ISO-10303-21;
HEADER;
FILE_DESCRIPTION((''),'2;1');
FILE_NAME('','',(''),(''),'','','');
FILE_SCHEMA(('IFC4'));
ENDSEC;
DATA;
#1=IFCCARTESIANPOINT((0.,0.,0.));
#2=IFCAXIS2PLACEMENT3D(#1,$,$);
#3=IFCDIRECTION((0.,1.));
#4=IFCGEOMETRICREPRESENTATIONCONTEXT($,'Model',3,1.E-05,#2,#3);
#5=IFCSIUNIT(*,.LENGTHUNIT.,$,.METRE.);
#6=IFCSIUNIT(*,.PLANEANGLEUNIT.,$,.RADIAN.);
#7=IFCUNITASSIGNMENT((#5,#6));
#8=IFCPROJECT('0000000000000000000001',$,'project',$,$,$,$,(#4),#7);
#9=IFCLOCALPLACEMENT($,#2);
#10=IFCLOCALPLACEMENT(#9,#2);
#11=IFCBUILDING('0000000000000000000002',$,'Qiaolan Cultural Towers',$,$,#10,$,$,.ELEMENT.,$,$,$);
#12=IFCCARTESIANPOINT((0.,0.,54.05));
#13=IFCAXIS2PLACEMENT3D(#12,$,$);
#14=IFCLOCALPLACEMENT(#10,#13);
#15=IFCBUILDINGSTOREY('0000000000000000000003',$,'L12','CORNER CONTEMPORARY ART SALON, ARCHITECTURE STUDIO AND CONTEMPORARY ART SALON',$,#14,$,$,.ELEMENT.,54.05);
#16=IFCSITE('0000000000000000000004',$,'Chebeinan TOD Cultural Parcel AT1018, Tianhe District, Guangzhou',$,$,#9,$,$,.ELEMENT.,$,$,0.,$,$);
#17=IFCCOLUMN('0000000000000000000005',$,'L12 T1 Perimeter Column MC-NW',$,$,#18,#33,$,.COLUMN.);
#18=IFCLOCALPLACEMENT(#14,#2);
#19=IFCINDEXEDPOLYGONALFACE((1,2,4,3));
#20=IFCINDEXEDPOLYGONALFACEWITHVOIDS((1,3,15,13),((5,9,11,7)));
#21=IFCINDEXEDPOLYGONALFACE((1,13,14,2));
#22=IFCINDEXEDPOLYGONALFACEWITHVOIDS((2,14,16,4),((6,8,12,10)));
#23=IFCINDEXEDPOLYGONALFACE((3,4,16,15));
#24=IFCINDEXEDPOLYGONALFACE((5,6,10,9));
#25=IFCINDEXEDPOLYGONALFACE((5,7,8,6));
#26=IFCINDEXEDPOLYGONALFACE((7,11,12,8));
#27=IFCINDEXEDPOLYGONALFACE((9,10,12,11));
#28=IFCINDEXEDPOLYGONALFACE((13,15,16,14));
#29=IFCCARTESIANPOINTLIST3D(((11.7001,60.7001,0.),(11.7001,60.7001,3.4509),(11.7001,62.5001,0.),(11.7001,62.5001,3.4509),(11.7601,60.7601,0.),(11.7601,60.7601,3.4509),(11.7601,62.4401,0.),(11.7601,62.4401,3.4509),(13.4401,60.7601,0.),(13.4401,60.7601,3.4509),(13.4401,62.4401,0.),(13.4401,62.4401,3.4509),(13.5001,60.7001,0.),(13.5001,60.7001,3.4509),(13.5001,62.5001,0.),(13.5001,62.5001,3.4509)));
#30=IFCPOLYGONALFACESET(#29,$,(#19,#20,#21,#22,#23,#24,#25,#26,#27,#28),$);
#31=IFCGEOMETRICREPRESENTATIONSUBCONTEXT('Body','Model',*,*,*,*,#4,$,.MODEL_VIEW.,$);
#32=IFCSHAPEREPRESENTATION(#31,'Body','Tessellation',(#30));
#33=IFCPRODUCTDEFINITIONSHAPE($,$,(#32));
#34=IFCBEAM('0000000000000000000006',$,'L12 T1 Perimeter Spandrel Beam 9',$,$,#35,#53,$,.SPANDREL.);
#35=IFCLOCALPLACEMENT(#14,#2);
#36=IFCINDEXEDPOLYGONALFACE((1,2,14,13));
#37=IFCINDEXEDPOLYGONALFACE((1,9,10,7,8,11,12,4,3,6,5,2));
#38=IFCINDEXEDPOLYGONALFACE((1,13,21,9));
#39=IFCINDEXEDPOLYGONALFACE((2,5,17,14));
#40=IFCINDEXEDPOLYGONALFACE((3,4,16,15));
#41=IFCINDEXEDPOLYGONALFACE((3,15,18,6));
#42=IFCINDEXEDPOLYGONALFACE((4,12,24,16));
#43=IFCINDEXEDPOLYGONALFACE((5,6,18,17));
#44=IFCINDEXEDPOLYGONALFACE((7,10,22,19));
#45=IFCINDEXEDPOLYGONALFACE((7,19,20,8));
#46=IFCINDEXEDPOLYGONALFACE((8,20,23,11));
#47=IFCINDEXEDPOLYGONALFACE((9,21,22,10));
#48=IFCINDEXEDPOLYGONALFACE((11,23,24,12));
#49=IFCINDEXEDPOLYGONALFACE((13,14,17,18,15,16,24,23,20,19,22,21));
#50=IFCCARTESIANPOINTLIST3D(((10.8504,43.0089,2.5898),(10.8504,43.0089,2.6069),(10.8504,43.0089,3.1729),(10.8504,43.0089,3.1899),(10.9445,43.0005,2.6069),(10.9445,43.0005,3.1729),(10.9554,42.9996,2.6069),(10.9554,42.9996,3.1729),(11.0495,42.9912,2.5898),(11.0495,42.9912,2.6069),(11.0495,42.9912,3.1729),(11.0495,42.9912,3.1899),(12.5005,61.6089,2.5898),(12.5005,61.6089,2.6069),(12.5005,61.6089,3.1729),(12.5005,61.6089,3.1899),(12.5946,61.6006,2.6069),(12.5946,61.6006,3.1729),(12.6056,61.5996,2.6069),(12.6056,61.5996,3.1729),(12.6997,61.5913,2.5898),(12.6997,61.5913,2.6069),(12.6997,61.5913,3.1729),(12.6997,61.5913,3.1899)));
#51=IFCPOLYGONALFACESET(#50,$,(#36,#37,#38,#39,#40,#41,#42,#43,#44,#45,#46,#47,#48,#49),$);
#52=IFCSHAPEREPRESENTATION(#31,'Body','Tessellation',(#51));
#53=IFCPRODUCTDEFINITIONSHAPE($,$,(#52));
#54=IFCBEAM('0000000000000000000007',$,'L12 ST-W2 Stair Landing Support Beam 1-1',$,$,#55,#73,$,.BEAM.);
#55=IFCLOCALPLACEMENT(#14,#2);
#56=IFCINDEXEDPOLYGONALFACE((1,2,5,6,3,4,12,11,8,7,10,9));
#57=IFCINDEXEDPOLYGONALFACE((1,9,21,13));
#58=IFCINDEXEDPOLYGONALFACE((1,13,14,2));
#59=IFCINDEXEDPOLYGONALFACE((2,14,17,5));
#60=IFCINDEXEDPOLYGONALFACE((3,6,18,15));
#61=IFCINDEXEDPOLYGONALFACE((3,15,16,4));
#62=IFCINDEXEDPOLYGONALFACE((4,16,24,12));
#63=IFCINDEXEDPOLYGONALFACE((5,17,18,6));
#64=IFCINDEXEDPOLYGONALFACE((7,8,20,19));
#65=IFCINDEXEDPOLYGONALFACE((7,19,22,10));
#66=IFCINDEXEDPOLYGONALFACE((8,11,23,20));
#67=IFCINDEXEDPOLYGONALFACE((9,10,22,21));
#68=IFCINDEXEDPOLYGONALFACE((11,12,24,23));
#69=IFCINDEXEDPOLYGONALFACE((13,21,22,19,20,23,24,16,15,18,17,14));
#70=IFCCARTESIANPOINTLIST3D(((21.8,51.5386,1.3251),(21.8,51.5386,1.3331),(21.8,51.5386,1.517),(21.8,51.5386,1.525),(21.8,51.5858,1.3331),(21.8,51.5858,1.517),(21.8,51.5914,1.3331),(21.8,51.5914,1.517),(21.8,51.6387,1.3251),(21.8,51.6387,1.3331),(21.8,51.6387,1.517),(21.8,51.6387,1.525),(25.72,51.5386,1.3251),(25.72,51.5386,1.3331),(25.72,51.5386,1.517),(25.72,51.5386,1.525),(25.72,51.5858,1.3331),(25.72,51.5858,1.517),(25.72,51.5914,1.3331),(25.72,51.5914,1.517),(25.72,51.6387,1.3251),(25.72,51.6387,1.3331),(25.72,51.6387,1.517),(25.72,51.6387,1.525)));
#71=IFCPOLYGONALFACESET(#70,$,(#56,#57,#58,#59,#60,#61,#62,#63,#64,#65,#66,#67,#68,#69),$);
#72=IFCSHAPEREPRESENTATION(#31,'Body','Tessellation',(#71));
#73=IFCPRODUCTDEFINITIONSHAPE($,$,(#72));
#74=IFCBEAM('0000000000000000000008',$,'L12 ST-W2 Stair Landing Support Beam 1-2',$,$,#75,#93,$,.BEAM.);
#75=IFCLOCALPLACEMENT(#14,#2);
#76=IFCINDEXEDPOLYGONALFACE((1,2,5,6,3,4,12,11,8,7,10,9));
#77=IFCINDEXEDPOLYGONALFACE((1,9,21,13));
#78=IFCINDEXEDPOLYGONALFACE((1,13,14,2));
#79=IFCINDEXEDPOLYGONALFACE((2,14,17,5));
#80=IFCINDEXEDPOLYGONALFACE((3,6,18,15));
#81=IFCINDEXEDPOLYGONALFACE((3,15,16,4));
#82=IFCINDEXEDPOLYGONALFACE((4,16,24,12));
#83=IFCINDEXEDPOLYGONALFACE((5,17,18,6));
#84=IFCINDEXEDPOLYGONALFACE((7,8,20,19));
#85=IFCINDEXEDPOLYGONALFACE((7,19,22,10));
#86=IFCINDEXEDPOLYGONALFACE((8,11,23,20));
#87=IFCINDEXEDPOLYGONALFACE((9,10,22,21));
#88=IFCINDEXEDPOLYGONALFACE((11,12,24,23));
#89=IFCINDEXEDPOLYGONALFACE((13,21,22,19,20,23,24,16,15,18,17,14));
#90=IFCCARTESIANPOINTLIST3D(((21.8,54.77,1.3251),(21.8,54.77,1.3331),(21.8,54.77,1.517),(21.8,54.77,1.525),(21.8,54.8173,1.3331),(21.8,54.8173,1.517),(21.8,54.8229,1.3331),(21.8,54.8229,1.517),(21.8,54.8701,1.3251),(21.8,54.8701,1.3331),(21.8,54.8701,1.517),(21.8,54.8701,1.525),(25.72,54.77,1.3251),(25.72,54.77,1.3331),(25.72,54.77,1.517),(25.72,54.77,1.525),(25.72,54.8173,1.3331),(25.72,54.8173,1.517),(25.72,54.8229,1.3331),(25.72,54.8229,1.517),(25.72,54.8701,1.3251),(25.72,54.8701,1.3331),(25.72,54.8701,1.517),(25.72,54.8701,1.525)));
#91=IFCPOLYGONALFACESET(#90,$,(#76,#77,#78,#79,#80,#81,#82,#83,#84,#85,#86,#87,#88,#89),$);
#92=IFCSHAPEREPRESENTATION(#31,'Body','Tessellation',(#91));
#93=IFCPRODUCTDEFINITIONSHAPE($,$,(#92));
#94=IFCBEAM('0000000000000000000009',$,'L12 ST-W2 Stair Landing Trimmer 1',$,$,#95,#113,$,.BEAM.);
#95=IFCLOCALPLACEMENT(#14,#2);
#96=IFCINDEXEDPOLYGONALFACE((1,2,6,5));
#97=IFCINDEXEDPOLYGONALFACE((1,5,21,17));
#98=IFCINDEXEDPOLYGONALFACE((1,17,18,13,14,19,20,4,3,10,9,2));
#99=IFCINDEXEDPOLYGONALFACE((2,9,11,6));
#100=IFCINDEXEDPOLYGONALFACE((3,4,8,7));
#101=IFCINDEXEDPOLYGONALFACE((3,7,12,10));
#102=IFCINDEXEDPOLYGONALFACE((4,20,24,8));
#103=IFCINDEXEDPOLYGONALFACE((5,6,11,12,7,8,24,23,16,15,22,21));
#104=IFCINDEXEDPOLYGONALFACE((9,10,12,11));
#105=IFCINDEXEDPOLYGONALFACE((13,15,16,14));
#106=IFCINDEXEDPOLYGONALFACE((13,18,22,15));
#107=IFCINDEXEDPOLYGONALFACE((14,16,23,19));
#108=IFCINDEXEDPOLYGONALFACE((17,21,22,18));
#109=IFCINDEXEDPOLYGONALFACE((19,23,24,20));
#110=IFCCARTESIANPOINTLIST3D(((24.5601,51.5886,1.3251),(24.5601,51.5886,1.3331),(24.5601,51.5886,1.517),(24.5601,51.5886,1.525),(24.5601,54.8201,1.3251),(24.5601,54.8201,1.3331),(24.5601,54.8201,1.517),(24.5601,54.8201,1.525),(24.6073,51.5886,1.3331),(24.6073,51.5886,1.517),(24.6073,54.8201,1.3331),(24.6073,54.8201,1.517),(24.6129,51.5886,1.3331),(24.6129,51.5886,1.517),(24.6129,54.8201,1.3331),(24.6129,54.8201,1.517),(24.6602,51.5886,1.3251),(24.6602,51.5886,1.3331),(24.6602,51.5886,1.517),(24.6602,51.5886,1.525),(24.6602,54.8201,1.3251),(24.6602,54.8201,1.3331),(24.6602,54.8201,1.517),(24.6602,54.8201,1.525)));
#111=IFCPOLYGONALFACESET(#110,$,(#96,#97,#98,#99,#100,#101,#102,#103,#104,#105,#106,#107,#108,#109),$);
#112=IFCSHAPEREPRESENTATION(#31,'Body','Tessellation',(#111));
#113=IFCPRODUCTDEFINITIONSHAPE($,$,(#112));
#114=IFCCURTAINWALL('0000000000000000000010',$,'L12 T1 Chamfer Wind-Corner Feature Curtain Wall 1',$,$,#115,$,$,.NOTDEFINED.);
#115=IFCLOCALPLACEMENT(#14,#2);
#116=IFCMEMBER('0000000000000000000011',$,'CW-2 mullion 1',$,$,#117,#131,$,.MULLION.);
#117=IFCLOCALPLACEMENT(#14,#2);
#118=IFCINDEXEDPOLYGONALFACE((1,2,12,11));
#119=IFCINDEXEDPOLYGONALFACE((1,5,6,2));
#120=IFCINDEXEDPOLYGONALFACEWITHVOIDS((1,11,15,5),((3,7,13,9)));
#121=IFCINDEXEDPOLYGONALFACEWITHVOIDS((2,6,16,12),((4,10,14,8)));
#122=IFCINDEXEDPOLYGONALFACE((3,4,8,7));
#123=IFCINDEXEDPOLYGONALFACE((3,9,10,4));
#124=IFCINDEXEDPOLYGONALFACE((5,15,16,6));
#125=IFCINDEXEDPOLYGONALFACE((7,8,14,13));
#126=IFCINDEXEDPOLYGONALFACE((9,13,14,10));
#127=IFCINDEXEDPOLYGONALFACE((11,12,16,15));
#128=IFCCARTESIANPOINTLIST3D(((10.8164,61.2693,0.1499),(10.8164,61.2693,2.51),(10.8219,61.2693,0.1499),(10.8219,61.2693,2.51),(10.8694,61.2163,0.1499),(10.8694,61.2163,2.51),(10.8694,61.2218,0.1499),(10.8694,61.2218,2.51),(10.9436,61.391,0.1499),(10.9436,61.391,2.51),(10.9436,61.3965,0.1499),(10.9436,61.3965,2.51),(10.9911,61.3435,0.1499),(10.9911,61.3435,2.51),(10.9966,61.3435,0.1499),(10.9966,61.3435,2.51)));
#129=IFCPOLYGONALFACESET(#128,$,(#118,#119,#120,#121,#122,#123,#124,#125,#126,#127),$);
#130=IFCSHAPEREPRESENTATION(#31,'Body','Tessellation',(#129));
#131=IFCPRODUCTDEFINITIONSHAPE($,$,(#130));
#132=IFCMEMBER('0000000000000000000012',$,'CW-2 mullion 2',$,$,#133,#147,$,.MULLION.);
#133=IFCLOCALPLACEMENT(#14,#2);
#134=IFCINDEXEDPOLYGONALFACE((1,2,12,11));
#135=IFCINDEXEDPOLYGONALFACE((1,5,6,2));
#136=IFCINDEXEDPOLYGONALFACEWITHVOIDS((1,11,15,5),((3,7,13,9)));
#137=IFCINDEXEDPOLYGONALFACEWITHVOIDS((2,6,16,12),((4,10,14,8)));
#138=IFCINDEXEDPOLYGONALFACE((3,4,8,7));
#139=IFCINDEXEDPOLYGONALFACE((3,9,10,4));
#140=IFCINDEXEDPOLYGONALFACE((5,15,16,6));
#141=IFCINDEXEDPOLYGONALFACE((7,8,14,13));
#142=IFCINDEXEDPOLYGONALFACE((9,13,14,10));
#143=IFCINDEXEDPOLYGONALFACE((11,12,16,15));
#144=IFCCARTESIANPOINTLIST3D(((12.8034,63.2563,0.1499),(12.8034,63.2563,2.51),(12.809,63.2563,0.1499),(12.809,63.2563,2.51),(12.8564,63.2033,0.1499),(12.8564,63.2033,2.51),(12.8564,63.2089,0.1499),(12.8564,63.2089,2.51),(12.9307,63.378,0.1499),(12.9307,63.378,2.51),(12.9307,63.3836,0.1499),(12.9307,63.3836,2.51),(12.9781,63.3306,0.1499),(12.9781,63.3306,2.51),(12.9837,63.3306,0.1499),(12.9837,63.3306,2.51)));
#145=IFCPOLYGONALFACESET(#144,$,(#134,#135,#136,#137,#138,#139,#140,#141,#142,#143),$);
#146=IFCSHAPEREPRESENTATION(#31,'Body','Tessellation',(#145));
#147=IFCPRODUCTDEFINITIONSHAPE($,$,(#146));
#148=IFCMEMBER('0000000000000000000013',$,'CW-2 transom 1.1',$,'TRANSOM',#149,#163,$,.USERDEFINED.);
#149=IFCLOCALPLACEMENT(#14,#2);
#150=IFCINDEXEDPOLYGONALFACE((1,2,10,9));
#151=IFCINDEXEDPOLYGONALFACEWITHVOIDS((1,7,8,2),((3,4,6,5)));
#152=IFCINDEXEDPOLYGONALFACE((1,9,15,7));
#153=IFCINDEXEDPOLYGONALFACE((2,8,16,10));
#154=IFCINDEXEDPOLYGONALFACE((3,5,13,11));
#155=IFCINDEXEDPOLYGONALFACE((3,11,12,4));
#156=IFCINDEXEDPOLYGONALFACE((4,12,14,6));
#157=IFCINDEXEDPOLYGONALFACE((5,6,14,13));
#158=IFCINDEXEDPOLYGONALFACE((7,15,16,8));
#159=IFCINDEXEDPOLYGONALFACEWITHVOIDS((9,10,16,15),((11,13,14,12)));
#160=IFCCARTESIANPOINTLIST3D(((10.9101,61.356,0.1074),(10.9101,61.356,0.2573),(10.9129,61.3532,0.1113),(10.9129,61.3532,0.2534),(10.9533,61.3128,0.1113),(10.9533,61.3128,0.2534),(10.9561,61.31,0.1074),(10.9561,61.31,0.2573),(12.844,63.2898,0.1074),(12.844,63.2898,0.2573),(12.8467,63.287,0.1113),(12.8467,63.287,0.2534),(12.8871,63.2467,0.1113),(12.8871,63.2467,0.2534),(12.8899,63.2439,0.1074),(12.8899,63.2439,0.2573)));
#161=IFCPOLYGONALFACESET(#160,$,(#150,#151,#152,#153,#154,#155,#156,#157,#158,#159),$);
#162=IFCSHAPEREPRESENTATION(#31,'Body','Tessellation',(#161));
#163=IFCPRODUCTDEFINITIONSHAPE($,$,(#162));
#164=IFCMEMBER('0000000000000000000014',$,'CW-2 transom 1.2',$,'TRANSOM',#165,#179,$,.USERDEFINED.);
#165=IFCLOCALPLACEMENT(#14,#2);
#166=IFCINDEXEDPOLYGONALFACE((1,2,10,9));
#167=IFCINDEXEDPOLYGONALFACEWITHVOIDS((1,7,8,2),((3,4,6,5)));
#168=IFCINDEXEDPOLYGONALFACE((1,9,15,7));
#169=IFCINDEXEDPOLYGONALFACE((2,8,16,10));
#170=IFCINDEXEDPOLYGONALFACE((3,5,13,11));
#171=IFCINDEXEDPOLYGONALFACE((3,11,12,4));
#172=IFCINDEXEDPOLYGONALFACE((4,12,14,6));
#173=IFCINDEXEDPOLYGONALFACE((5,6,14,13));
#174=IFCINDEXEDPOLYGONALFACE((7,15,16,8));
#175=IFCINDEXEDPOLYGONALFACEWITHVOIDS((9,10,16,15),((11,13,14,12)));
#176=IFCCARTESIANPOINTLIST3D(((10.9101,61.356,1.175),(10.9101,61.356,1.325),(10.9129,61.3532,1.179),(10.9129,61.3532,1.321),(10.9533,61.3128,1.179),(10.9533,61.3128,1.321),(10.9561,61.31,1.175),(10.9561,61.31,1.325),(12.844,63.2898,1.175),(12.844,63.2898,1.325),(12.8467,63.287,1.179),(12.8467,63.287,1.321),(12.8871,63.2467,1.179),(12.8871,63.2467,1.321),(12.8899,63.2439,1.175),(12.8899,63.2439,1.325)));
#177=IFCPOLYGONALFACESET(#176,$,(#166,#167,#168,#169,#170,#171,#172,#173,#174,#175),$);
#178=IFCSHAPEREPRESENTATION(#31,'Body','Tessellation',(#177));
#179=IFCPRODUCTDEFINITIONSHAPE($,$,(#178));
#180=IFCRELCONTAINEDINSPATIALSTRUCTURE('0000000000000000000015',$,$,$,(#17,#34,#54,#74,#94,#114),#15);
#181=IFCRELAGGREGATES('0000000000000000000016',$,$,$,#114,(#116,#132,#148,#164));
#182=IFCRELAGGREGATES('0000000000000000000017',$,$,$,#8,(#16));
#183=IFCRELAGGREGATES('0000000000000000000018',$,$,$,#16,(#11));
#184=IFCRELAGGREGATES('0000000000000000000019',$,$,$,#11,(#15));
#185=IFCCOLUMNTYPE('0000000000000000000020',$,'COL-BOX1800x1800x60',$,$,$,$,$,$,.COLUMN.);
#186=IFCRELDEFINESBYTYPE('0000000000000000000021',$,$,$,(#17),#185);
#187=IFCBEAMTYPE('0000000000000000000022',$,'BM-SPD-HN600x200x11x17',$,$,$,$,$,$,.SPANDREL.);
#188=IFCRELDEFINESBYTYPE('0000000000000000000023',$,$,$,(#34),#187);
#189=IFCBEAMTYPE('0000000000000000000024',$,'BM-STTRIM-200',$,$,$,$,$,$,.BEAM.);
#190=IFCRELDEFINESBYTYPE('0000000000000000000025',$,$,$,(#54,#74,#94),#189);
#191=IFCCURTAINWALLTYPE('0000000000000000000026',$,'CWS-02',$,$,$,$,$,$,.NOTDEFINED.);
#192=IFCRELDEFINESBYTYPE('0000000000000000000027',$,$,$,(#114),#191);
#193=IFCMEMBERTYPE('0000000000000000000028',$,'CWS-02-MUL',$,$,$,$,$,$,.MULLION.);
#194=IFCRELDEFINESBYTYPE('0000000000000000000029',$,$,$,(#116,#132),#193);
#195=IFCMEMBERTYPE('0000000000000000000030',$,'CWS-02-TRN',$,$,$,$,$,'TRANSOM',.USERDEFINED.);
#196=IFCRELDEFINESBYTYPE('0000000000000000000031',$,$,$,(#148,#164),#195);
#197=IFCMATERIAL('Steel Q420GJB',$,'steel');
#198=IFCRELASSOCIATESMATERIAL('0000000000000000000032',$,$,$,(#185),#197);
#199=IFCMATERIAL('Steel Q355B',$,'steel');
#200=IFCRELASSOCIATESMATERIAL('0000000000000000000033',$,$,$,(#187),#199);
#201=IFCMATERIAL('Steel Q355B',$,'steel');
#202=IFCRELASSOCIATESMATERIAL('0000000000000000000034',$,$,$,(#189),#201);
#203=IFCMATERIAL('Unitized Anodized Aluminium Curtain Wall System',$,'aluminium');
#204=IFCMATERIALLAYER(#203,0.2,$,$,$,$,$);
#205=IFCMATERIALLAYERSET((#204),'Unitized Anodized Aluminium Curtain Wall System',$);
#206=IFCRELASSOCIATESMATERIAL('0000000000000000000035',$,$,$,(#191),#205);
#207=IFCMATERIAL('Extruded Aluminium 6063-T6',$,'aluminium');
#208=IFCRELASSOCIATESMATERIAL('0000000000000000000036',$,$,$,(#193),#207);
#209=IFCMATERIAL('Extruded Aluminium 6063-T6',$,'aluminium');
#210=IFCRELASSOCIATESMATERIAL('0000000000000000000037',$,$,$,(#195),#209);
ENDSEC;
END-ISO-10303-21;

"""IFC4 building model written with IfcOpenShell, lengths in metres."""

from ifc_helpers import new_model, si_unit, direction, frame, origin, origin_2d, place, context, subcontext, project, spatial, hollow_rectangle, i_section, extrude, material, layer, layer_set, material_profile, profile_set, type_object, element, aggregate, save


model = new_model("IFC4")

# Units and contexts
model_context = context("Model", 3, precision=1e-05, world=origin(), true_north=direction((0.0, 1.0)))
body_context = subcontext(model_context, "Body", "Model", "MODEL_VIEW")
ifc_project = project(units=[si_unit("LENGTHUNIT", "METRE"), si_unit("PLANEANGLEUNIT", "RADIAN")], contexts=[model_context])

# Site, building, storey
site_placement = place(None, origin())
site = spatial("IfcSite", under=ifc_project, at=site_placement, Name="Chebeinan TOD Cultural Parcel AT1018, Tianhe District, Guangzhou", CompositionType="ELEMENT", RefElevation=0.0)
building_placement = place(site_placement, origin())
building = spatial("IfcBuilding", under=site, at=building_placement, Name="Qiaolan Cultural Towers", CompositionType="ELEMENT")
storey_placement = place(building_placement, frame((0.0, 0.0, 54.05)))
storey = spatial("IfcBuildingStorey", under=building, at=storey_placement, Name="L12", Description="CORNER CONTEMPORARY ART SALON, ARCHITECTURE STUDIO AND CONTEMPORARY ART SALON", CompositionType="ELEMENT", Elevation=54.05)

# Column
ifc_material_1 = material(Name="Steel Q420GJB", Category="steel")
ifc_material_profile_1 = material_profile(ifc_material_1, hollow_rectangle(XDim=1.8, YDim=1.8, WallThickness=0.0601, at=origin_2d()), Name="BOX1800x1800x60")
ifc_profile_set_1 = profile_set([ifc_material_profile_1], Name="Steel Q420GJB")
column_type = type_object("IfcColumnType", Name="COL-BOX1800x1800x60", PredefinedType="COLUMN", material=ifc_profile_set_1)
column_placement = place(storey_placement, frame((12.6001, 61.6001, 0.0), z_axis=(0.0, 0.0, 1.0), x_axis=(1.0, 0.0, 0.0)))
element("IfcColumn", 1, at=column_placement, inside=storey, type_object=column_type, Name="L12 T1 Perimeter Column MC-NW", PredefinedType="COLUMN", context=body_context, shape_type="SweptSolid", body=[
    extrude(hollow_rectangle(XDim=1.8, YDim=1.8, WallThickness=0.0601, at=origin_2d()), origin(), (0.0, 0.0, 1.0), 3.4509),
])

# Beams
ifc_material_2 = material(Name="Steel Q355B", Category="steel")
ifc_material_profile_2 = material_profile(ifc_material_2, i_section(OverallWidth=0.2, OverallDepth=0.6001, WebThickness=0.011, FlangeThickness=0.0171, at=origin_2d()), Name="HN600x200x11x17")
ifc_profile_set_2 = profile_set([ifc_material_profile_2], Name="Steel Q355B")
beam_type_1 = type_object("IfcBeamType", Name="BM-SPD-HN600x200x11x17", PredefinedType="SPANDREL", material=ifc_profile_set_2)
beam_1_placement = place(storey_placement, frame((12.6001, 61.6001, 2.8899), z_axis=(-0.08837, -0.996088, 0.0), x_axis=(0.996088, -0.08837, 0.0)))
element("IfcBeam", 2, at=beam_1_placement, inside=storey, type_object=beam_type_1, Name="L12 T1 Perimeter Spandrel Beam 9", PredefinedType="SPANDREL", context=body_context, shape_type="SweptSolid", body=[
    extrude(i_section(OverallWidth=0.2, OverallDepth=0.6001, WebThickness=0.011, FlangeThickness=0.0171, at=origin_2d()), origin(), (0.0, 0.0, 1.0), 18.6731),
])
ifc_material_3 = material(Name="Steel Q355B", Category="steel")
ifc_material_profile_3 = material_profile(ifc_material_3, i_section(OverallWidth=0.1001, OverallDepth=0.2, WebThickness=0.0056, FlangeThickness=0.0081, at=origin_2d()), Name="HN200x100x5.5x8")
ifc_profile_set_3 = profile_set([ifc_material_profile_3], Name="Steel Q355B")
beam_type_2 = type_object("IfcBeamType", Name="BM-STTRIM-200", PredefinedType="BEAM", material=ifc_profile_set_3)
for number, where, z_axis, x_axis, name in (
    (3, (21.8, 51.5886, 1.425), (1.0, 0.0, 0.0), (0.0, 1.0, 0.0), "L12 ST-W2 Stair Landing Support Beam 1-1"),
    (4, (21.8, 54.8201, 1.425), (1.0, 0.0, 0.0), (0.0, 1.0, 0.0), "L12 ST-W2 Stair Landing Support Beam 1-2"),
):
    element("IfcBeam", number, at=place(storey_placement, frame(where, z_axis=z_axis, x_axis=x_axis)), inside=storey, type_object=beam_type_2, Name=name, PredefinedType="BEAM", context=body_context, shape_type="SweptSolid", body=[
        extrude(i_section(OverallWidth=0.1001, OverallDepth=0.2, WebThickness=0.0056, FlangeThickness=0.0081, at=origin_2d()), origin(), (0.0, 0.0, 1.0), 3.9199),
    ])
beam_2_placement = place(storey_placement, frame((24.6101, 51.5886, 1.425), z_axis=(0.0, 1.0, 0.0), x_axis=(-1.0, 0.0, 0.0)))
element("IfcBeam", 5, at=beam_2_placement, inside=storey, type_object=beam_type_2, Name="L12 ST-W2 Stair Landing Trimmer 1", PredefinedType="BEAM", context=body_context, shape_type="SweptSolid", body=[
    extrude(i_section(OverallWidth=0.1001, OverallDepth=0.2, WebThickness=0.0056, FlangeThickness=0.0081, at=origin_2d()), origin(), (0.0, 0.0, 1.0), 3.2314),
])

# Curtain wall, members
ifc_material_4 = material(Name="Unitized Anodized Aluminium Curtain Wall System", Category="aluminium")
ifc_layer_1 = layer(ifc_material_4, 0.2)
ifc_layer_set_1 = layer_set([ifc_layer_1], Name="Unitized Anodized Aluminium Curtain Wall System")
curtain_wall_type = type_object("IfcCurtainWallType", Name="CWS-02", PredefinedType="NOTDEFINED", material=ifc_layer_set_1)
curtain_wall_placement = place(storey_placement, origin())
curtain_wall = element("IfcCurtainWall", 6, at=curtain_wall_placement, inside=storey, type_object=curtain_wall_type, Name="L12 T1 Chamfer Wind-Corner Feature Curtain Wall 1", PredefinedType="NOTDEFINED")
ifc_material_5 = material(Name="Extruded Aluminium 6063-T6", Category="aluminium")
ifc_material_profile_4 = material_profile(ifc_material_5, hollow_rectangle(XDim=0.075, YDim=0.1799, WallThickness=0.0039, at=origin_2d()), Name="CWM-180x75x4")
ifc_profile_set_4 = profile_set([ifc_material_profile_4], Name="Extruded Aluminium 6063-T6")
member_type_1 = type_object("IfcMemberType", Name="CWS-02-MUL", PredefinedType="MULLION", material=ifc_profile_set_4)
member_1_placement = place(storey_placement, frame((10.9065, 61.3064, 0.1499), z_axis=(0.0, 0.0, 1.0), x_axis=(-0.707107, 0.707107, 0.0)))
member_1 = element("IfcMember", 7, at=member_1_placement, type_object=member_type_1, Name="CW-2 mullion 1", PredefinedType="MULLION", context=body_context, shape_type="SweptSolid", body=[
    extrude(hollow_rectangle(XDim=0.075, YDim=0.1799, WallThickness=0.0039, at=origin_2d()), origin(), (0.0, 0.0, 1.0), 2.3601),
])
member_2_placement = place(storey_placement, frame((12.8936, 63.2935, 0.1499), z_axis=(0.0, 0.0, 1.0), x_axis=(-0.707107, 0.707107, 0.0)))
member_2 = element("IfcMember", 8, at=member_2_placement, type_object=member_type_1, Name="CW-2 mullion 2", PredefinedType="MULLION", context=body_context, shape_type="SweptSolid", body=[
    extrude(hollow_rectangle(XDim=0.075, YDim=0.1799, WallThickness=0.0039, at=origin_2d()), origin(), (0.0, 0.0, 1.0), 2.3601),
])
ifc_material_6 = material(Name="Extruded Aluminium 6063-T6", Category="aluminium")
ifc_material_profile_5 = material_profile(ifc_material_6, hollow_rectangle(XDim=0.0649, YDim=0.1499, WallThickness=0.0039, at=origin_2d()), Name="CWT-150x65x4")
ifc_profile_set_5 = profile_set([ifc_material_profile_5], Name="Extruded Aluminium 6063-T6")
member_type_2 = type_object("IfcMemberType", Name="CWS-02-TRN", ElementType="TRANSOM", PredefinedType="USERDEFINED", material=ifc_profile_set_5)
member_3_placement = place(storey_placement, frame((10.9331, 61.333, 0.1824), z_axis=(0.707107, 0.707107, 0.0), x_axis=(-0.707107, 0.707107, 0.0)))
member_3 = element("IfcMember", 9, at=member_3_placement, type_object=member_type_2, Name="CW-2 transom 1.1", ObjectType="TRANSOM", PredefinedType="USERDEFINED", context=body_context, shape_type="SweptSolid", body=[
    extrude(hollow_rectangle(XDim=0.0649, YDim=0.1499, WallThickness=0.0039, at=origin_2d()), origin(), (0.0, 0.0, 1.0), 2.7349),
])
member_4_placement = place(storey_placement, frame((10.9331, 61.333, 1.25), z_axis=(0.707107, 0.707107, 0.0), x_axis=(-0.707107, 0.707107, 0.0)))
member_4 = element("IfcMember", 10, at=member_4_placement, type_object=member_type_2, Name="CW-2 transom 1.2", ObjectType="TRANSOM", PredefinedType="USERDEFINED", context=body_context, shape_type="SweptSolid", body=[
    extrude(hollow_rectangle(XDim=0.0649, YDim=0.1499, WallThickness=0.0039, at=origin_2d()), origin(), (0.0, 0.0, 1.0), 2.7349),
])
aggregate(curtain_wall, [member_1, member_2, member_3, member_4])

save(model, "model.ifc")
